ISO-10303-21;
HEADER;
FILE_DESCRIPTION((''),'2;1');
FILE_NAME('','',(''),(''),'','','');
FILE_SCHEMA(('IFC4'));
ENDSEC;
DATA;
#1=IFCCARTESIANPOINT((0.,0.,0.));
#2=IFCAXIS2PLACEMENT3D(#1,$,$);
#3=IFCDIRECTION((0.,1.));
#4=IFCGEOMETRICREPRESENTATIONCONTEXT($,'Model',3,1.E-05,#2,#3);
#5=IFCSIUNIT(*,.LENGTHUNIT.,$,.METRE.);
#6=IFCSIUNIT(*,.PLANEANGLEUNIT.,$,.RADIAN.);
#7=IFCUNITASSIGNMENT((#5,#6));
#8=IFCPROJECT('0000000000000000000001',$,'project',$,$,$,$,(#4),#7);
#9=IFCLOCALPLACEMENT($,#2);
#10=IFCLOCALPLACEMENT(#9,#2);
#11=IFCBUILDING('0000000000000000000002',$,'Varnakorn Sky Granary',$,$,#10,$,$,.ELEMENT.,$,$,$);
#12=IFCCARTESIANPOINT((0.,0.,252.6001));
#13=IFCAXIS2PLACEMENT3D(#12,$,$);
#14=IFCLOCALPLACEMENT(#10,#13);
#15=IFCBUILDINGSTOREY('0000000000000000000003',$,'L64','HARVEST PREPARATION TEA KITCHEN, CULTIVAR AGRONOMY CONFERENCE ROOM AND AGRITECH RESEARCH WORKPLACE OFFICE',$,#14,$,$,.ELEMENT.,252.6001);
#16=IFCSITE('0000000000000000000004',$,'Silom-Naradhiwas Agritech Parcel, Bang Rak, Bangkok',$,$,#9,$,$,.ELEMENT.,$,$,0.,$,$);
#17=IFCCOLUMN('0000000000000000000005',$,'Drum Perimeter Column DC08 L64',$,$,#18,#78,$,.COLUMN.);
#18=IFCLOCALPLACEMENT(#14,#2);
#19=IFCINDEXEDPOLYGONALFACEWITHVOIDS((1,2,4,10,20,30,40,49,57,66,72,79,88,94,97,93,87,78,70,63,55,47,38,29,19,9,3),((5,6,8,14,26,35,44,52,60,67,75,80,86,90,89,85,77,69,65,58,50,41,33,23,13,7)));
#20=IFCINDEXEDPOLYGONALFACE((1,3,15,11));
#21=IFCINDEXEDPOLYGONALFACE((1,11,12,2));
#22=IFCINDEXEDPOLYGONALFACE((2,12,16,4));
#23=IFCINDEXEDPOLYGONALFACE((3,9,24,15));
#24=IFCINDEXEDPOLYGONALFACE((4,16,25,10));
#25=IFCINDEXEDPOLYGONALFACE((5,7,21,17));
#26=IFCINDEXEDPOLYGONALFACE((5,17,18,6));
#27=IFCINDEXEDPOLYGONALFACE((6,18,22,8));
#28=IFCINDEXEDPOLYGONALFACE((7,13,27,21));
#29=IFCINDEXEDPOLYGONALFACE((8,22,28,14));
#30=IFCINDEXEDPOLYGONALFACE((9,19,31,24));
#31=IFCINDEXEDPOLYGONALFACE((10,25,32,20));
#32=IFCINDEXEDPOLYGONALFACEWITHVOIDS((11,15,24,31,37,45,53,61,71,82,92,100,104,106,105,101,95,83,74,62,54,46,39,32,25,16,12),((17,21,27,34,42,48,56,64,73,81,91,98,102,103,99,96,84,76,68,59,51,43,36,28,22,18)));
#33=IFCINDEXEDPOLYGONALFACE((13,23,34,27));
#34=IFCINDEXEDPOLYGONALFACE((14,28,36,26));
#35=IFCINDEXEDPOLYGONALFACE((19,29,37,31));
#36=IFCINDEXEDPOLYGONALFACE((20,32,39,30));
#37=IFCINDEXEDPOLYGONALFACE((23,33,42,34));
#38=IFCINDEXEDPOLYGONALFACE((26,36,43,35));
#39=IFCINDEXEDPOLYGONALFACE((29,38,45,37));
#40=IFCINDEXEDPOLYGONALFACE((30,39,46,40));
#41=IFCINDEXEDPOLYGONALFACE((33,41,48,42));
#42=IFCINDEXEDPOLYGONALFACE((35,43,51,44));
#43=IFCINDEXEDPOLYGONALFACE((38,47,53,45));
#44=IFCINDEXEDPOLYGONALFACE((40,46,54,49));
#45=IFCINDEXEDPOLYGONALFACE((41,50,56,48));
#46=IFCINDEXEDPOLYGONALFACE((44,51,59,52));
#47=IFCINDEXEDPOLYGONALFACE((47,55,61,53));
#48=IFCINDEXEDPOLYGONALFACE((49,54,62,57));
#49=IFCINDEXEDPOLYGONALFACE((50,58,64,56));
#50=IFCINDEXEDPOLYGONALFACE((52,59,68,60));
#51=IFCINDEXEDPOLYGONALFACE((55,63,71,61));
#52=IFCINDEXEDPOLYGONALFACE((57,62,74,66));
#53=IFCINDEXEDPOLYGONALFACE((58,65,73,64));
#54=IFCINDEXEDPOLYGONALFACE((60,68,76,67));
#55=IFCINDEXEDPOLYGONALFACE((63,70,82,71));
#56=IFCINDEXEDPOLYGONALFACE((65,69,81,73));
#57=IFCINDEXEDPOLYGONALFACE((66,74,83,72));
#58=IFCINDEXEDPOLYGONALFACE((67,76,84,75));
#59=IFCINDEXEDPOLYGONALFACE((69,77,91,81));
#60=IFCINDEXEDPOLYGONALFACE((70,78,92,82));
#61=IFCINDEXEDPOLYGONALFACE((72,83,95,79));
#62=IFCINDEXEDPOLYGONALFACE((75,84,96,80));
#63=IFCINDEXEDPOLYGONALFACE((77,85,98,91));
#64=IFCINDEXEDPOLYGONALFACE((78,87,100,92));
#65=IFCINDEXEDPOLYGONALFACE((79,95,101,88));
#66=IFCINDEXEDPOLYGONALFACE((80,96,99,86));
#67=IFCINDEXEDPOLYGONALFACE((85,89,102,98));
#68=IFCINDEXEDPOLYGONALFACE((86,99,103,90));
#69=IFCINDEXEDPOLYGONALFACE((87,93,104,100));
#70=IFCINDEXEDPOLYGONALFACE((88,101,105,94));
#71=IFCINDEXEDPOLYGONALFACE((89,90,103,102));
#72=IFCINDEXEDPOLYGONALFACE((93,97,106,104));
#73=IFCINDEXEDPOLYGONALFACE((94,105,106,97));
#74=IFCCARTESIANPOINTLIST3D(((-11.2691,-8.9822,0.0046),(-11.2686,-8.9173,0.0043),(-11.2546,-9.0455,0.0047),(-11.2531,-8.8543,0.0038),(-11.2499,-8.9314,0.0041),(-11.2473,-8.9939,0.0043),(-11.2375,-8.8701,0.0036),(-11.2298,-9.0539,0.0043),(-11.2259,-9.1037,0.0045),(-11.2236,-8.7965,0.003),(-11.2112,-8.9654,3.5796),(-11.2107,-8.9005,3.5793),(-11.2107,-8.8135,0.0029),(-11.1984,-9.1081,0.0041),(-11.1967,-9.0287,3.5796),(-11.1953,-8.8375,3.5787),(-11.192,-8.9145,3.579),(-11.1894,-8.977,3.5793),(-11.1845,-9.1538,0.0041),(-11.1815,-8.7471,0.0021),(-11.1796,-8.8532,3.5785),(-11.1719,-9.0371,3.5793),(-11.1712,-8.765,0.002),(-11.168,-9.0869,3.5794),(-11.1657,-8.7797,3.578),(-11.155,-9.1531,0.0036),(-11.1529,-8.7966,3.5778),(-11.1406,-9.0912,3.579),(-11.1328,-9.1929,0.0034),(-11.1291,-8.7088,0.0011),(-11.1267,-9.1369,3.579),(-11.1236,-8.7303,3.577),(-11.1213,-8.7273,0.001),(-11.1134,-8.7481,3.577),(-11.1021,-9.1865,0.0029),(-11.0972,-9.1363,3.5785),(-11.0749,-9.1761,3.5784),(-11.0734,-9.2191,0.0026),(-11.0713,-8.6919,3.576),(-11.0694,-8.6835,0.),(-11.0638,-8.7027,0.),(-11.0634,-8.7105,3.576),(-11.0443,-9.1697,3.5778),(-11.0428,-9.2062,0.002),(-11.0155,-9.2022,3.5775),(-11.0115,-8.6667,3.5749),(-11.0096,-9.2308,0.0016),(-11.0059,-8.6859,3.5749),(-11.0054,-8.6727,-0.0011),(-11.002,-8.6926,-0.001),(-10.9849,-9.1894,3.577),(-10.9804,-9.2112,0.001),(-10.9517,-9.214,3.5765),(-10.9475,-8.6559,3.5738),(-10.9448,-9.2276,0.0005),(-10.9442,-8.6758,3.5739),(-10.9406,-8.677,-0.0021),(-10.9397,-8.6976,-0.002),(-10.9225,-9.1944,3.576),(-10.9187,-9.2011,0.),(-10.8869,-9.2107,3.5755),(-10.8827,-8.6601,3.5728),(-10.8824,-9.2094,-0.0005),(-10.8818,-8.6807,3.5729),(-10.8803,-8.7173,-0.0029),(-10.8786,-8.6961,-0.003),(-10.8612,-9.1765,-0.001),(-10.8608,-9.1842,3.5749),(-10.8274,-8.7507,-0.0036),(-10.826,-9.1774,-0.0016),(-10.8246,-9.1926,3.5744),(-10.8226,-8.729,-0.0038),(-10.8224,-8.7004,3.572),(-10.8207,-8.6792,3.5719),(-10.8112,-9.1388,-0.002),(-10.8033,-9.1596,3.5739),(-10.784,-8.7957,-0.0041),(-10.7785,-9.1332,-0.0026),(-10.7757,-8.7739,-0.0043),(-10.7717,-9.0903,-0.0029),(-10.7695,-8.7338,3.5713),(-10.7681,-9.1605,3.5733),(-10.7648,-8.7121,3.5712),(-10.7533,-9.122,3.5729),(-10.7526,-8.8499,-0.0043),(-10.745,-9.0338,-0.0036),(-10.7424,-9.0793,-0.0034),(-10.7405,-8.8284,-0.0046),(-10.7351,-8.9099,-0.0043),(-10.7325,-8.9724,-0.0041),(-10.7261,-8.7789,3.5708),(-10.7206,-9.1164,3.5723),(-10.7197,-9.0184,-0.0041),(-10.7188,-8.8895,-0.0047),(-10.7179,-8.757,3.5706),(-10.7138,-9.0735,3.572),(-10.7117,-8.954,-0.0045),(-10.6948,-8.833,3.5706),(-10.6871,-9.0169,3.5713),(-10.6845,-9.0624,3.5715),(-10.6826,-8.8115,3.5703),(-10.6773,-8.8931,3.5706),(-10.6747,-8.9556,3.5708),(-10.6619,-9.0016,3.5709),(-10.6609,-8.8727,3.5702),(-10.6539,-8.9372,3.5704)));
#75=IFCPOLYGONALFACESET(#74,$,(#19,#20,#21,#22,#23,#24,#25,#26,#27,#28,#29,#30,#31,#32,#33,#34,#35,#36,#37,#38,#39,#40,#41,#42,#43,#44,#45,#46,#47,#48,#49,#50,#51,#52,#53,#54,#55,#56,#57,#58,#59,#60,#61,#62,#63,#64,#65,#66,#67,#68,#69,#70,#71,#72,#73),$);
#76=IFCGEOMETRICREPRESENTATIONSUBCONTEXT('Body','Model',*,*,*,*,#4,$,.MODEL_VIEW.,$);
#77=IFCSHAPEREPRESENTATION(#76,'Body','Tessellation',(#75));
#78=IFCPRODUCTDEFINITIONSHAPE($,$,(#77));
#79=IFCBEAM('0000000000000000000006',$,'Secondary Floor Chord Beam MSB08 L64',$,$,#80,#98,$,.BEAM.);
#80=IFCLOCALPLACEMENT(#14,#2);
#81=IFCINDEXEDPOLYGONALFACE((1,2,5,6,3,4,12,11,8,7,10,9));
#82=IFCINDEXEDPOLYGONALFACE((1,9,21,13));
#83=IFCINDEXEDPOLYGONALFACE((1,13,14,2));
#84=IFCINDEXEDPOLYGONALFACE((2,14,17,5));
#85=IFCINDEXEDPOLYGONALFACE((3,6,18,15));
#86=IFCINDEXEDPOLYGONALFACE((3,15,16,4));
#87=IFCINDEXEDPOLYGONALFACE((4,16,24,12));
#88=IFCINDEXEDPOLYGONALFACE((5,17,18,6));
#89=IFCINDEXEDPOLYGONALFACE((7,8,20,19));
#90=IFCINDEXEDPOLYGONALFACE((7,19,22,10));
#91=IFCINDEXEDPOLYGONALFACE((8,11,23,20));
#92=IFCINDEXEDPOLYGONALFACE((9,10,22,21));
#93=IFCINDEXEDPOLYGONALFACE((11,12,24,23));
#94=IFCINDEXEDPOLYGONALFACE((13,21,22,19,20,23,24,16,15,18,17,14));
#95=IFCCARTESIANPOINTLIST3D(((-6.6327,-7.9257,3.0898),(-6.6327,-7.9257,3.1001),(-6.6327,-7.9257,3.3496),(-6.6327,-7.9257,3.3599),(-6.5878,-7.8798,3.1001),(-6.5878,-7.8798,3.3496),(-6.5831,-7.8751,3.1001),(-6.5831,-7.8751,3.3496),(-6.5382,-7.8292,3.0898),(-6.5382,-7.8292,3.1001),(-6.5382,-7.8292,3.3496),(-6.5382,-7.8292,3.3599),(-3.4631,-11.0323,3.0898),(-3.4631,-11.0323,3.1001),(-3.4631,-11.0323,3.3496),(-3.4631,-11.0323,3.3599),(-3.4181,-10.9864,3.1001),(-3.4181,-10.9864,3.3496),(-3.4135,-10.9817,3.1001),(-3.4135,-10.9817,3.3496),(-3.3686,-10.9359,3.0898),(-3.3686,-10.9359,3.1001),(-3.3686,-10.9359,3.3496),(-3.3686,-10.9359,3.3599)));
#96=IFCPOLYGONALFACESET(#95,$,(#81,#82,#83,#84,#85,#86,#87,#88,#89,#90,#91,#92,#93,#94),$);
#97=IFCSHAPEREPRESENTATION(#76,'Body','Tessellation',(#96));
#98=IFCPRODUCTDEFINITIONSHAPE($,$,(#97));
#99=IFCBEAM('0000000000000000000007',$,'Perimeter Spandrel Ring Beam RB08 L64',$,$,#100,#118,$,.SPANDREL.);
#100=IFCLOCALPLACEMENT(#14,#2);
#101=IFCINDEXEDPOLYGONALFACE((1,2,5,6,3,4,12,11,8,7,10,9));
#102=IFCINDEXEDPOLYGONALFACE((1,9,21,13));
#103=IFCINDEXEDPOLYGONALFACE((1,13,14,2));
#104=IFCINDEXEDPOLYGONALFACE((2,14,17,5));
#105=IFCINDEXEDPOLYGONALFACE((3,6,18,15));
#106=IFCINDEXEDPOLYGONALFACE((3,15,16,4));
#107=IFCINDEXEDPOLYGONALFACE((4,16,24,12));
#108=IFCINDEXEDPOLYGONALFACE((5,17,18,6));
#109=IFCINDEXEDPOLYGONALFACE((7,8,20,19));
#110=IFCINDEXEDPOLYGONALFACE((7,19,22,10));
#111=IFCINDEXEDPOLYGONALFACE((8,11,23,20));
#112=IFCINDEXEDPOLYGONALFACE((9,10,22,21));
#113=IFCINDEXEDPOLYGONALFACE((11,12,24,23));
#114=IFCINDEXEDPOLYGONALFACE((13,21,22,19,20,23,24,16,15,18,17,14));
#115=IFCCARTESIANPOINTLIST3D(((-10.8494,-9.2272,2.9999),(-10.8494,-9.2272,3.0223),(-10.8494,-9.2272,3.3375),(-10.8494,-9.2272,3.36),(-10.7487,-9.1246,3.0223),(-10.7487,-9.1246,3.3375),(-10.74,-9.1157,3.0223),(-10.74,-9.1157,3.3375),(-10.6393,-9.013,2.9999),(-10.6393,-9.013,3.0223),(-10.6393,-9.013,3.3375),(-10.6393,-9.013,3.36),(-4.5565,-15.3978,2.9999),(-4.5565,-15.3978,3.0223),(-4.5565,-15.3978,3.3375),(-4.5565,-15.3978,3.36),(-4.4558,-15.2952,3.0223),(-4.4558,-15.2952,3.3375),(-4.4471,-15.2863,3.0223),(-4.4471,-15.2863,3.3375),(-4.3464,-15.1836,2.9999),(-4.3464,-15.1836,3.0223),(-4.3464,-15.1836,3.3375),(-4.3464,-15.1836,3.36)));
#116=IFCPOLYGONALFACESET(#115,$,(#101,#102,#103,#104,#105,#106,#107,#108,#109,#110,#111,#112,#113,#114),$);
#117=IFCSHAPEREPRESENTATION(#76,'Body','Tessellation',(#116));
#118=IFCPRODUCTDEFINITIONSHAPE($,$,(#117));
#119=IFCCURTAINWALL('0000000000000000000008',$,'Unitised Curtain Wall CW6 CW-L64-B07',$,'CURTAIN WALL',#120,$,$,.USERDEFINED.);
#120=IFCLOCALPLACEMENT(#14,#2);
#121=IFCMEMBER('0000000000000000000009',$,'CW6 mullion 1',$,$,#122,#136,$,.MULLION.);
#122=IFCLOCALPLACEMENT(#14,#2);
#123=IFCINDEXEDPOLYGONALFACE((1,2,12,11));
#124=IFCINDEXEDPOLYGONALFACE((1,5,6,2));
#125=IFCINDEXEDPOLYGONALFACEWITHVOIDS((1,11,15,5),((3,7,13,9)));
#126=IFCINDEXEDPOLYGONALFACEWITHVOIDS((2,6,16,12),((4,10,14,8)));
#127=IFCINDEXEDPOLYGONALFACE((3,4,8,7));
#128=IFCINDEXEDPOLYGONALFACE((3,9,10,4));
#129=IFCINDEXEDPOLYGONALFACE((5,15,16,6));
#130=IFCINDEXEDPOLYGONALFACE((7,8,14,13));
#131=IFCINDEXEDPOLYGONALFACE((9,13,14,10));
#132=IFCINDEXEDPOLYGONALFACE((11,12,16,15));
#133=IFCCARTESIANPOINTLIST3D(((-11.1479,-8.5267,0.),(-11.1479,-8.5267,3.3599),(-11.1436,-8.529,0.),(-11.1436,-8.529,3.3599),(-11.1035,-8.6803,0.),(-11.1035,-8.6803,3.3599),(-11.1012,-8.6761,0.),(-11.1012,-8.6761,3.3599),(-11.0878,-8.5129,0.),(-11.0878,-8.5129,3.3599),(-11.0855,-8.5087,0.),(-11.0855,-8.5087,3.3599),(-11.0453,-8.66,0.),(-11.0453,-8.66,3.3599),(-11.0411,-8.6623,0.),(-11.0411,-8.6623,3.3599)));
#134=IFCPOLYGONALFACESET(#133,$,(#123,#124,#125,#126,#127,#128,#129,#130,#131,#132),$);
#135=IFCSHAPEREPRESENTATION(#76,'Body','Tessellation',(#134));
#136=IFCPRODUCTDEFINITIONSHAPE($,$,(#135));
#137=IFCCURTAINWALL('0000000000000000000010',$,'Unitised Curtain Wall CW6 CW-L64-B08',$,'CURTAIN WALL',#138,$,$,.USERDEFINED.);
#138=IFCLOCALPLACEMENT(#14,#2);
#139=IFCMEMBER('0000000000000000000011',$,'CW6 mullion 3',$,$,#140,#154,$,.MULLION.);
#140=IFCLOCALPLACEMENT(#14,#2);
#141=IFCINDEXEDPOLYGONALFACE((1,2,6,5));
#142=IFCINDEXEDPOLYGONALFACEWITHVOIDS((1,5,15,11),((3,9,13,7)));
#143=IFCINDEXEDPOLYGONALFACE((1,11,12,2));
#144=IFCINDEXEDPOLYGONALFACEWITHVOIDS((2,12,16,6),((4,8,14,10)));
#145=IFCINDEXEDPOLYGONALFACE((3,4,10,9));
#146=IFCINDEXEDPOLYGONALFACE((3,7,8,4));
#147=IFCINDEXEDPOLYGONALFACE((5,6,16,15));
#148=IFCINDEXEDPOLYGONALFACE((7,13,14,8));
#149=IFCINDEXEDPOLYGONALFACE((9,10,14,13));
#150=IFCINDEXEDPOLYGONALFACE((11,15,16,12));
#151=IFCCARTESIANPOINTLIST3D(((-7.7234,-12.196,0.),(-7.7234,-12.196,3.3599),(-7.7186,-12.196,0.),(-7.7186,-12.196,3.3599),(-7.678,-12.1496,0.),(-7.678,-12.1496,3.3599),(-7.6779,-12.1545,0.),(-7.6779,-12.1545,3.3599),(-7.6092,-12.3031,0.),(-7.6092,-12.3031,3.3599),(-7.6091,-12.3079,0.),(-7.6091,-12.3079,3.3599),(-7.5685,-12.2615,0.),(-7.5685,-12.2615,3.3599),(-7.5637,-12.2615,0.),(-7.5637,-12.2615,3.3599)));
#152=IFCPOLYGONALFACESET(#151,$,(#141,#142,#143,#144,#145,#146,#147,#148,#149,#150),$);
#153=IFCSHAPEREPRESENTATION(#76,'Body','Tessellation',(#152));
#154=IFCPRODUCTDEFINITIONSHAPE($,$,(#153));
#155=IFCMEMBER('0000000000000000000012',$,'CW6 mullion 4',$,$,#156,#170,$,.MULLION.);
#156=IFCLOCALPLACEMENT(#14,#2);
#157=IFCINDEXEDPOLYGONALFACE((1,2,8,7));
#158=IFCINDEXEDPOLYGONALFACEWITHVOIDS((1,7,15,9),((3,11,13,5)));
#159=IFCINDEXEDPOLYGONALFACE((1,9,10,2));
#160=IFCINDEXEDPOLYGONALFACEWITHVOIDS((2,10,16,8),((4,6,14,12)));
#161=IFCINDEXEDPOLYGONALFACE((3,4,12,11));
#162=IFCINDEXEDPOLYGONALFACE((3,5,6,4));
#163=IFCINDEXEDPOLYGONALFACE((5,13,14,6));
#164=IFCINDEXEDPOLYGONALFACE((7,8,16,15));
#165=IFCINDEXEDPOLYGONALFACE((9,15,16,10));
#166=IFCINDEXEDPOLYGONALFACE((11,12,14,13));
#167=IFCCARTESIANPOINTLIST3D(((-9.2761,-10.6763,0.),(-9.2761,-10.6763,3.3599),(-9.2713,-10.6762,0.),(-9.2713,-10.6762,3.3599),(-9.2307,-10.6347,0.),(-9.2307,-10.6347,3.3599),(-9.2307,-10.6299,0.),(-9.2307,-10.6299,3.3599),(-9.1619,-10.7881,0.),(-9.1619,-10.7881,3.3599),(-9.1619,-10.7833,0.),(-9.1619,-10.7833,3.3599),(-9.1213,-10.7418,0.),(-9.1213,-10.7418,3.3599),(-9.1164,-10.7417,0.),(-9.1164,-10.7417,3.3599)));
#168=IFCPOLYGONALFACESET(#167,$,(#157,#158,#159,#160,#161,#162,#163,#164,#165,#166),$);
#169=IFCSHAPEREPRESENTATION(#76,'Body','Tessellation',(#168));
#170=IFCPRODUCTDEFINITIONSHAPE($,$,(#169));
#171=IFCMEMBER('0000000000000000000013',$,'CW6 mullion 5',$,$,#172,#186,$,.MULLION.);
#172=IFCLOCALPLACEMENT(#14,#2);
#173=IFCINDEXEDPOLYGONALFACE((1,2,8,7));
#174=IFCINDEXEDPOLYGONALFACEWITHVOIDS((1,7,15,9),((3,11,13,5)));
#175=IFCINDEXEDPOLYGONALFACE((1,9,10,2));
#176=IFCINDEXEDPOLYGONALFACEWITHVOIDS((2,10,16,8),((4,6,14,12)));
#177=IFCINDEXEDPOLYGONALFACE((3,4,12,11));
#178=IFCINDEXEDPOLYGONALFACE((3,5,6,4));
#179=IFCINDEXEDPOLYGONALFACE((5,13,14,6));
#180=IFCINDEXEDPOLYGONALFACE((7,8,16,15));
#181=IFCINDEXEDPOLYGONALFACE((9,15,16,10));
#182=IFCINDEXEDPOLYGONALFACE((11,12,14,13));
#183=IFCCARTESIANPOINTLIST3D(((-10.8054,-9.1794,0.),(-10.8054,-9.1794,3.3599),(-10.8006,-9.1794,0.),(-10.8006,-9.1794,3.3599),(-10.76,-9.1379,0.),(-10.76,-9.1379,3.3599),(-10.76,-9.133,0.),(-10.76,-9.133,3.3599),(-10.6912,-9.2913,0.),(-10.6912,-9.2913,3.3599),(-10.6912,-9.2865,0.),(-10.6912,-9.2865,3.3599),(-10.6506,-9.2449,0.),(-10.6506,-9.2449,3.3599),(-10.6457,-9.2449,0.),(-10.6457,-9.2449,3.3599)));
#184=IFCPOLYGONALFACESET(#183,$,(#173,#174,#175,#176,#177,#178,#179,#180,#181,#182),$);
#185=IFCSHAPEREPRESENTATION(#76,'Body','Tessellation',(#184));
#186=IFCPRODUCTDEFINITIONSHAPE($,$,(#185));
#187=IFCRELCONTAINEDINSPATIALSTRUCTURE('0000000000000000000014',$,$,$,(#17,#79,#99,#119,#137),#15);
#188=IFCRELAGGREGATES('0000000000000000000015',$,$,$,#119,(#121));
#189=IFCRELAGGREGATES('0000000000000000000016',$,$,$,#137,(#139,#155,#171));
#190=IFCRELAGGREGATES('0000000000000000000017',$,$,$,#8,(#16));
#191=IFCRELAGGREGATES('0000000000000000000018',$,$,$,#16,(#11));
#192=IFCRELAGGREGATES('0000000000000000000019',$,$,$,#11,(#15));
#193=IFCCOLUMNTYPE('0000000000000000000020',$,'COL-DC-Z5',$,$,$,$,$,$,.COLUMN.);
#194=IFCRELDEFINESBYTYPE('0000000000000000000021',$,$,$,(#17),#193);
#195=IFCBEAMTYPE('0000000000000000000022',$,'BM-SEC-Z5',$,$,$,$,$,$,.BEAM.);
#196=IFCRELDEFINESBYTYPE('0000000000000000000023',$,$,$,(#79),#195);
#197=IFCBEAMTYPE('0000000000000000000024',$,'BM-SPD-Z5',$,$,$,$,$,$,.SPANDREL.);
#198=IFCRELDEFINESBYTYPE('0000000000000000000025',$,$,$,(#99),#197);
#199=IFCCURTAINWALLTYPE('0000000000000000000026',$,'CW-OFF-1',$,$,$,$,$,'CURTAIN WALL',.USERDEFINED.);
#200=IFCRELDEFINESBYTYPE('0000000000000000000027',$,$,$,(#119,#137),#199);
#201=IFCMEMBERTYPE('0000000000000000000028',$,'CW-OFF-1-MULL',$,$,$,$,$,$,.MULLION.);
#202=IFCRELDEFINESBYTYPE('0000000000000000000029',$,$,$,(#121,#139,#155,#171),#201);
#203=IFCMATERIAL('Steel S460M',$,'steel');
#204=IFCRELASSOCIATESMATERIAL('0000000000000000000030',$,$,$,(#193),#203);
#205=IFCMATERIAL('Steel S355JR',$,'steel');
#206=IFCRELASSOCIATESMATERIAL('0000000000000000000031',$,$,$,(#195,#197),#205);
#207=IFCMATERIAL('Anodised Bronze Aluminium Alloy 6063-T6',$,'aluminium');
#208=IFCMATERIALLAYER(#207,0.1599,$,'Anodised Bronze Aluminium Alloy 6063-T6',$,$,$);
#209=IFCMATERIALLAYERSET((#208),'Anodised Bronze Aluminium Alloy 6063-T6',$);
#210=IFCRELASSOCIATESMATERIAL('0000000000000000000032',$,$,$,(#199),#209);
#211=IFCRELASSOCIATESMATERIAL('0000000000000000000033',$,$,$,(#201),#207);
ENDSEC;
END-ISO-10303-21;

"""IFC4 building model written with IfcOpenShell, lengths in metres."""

from ifc_helpers import new_model, si_unit, direction, frame, origin, origin_2d, place, context, subcontext, project, spatial, hollow_rectangle, hollow_circle, i_section, extrude, material, layer, layer_set, material_profile, profile_set, type_object, element, aggregate, save


model = new_model("IFC4")

# Units and contexts
model_context = context("Model", 3, precision=1e-05, world=origin(), true_north=direction((0.0, 1.0)))
body_context = subcontext(model_context, "Body", "Model", "MODEL_VIEW")
ifc_project = project(units=[si_unit("LENGTHUNIT", "METRE"), si_unit("PLANEANGLEUNIT", "RADIAN")], contexts=[model_context])

# Site, building, storey
site_placement = place(None, origin())
site = spatial("IfcSite", under=ifc_project, at=site_placement, Name="Silom-Naradhiwas Agritech Parcel, Bang Rak, Bangkok", CompositionType="ELEMENT", RefElevation=0.0)
building_placement = place(site_placement, origin())
building = spatial("IfcBuilding", under=site, at=building_placement, Name="Varnakorn Sky Granary", CompositionType="ELEMENT")
storey_placement = place(building_placement, frame((0.0, 0.0, 252.6001)))
storey = spatial("IfcBuildingStorey", under=building, at=storey_placement, Name="L64", Description="HARVEST PREPARATION TEA KITCHEN, CULTIVAR AGRONOMY CONFERENCE ROOM AND AGRITECH RESEARCH WORKPLACE OFFICE", CompositionType="ELEMENT", Elevation=252.6001)

# Column
ifc_material_1 = material(Name="Steel S460M", Category="steel")
ifc_material_profile_1 = material_profile(ifc_material_1, hollow_circle(Radius=0.2795, WallThickness=0.02, at=origin_2d()), Name="CHS 559x20")
ifc_profile_set_1 = profile_set([ifc_material_profile_1], Name="Steel S460M")
column_type = type_object("IfcColumnType", Name="COL-DC-Z5", PredefinedType="COLUMN", material=ifc_profile_set_1)
column_placement = place(storey_placement, frame((-10.9912, -8.9519, 0.0), z_axis=(0.016183, 0.004711, 0.999858), x_axis=(-0.279533, 0.960136, 0.0)))
element("IfcColumn", 1, at=column_placement, inside=storey, type_object=column_type, Name="Drum Perimeter Column DC08 L64", PredefinedType="COLUMN", context=body_context, shape_type="SweptSolid", body=[
    extrude(hollow_circle(Radius=0.2795, WallThickness=0.02, at=origin_2d()), origin(), (0.0, 0.0, 1.0), 3.5754),
])

# Beams
ifc_material_2 = material(Name="Steel S355JR", Category="steel")
ifc_material_profile_2 = material_profile(ifc_material_2, i_section(OverallWidth=0.135, OverallDepth=0.27, WebThickness=0.0066, FlangeThickness=0.0103, at=origin_2d()), Name="IPE 270")
ifc_profile_set_2 = profile_set([ifc_material_profile_2], Name="Steel S355JR")
beam_type_1 = type_object("IfcBeamType", Name="BM-SEC-Z5", PredefinedType="BEAM", material=ifc_profile_set_2)
beam_1_placement = place(storey_placement, frame((-6.5854, -7.8774, 3.2249), z_axis=(0.714167, -0.699975, 0.0), x_axis=(0.699975, 0.714167, 0.0)))
element("IfcBeam", 2, at=beam_1_placement, inside=storey, type_object=beam_type_1, Name="Secondary Floor Chord Beam MSB08 L64", PredefinedType="BEAM", context=body_context, shape_type="SweptSolid", body=[
    extrude(i_section(OverallWidth=0.135, OverallDepth=0.27, WebThickness=0.0066, FlangeThickness=0.0103, at=origin_2d()), origin(), (0.0, 0.0, 1.0), 4.4382),
])
ifc_material_profile_3 = material_profile(ifc_material_2, i_section(OverallWidth=0.3, OverallDepth=0.3601, WebThickness=0.0125, FlangeThickness=0.0225, at=origin_2d()), Name="HE 360 B")
ifc_profile_set_3 = profile_set([ifc_material_profile_3], Name="Steel S355JR")
beam_type_2 = type_object("IfcBeamType", Name="BM-SPD-Z5", PredefinedType="SPANDREL", material=ifc_profile_set_3)
beam_2_placement = place(storey_placement, frame((-10.7444, -9.1201, 3.1799), z_axis=(0.714012, -0.700134, 0.0), x_axis=(0.700134, 0.714012, 0.0)))
element("IfcBeam", 3, at=beam_2_placement, inside=storey, type_object=beam_type_2, Name="Perimeter Spandrel Ring Beam RB08 L64", PredefinedType="SPANDREL", context=body_context, shape_type="SweptSolid", body=[
    extrude(i_section(OverallWidth=0.3, OverallDepth=0.3601, WebThickness=0.0125, FlangeThickness=0.0225, at=origin_2d()), origin(), (0.0, 0.0, 1.0), 8.8135),
])

# Curtain wall, member
ifc_material_3 = material(Name="Anodised Bronze Aluminium Alloy 6063-T6", Category="aluminium")
ifc_layer_1 = layer(ifc_material_3, 0.1599, Name="Anodised Bronze Aluminium Alloy 6063-T6")
ifc_layer_set_1 = layer_set([ifc_layer_1], Name="Anodised Bronze Aluminium Alloy 6063-T6")
curtain_wall_type = type_object("IfcCurtainWallType", Name="CW-OFF-1", ElementType="CURTAIN WALL", PredefinedType="USERDEFINED", material=ifc_layer_set_1)
curtain_wall_1_placement = place(storey_placement, origin())
curtain_wall_1 = element("IfcCurtainWall", 4, at=curtain_wall_1_placement, inside=storey, type_object=curtain_wall_type, Name="Unitised Curtain Wall CW6 CW-L64-B07", ObjectType="CURTAIN WALL", PredefinedType="USERDEFINED")
ifc_material_profile_4 = material_profile(ifc_material_3, hollow_rectangle(XDim=0.0649, YDim=0.1599, WallThickness=0.0034, at=origin_2d()), Name="ALU MULL 65x160")
ifc_profile_set_4 = profile_set([ifc_material_profile_4], Name="Anodised Bronze Aluminium Alloy 6063-T6")
member_type_1 = type_object("IfcMemberType", Name="CW-OFF-1-MULL", PredefinedType="MULLION", material=ifc_profile_set_4)
member_1_placement = place(storey_placement, frame((-11.0945, -8.5945, 0.0), z_axis=(0.0, 0.0, 1.0), x_axis=(-0.960725, -0.277501, 0.0)))
member_1 = element("IfcMember", 5, at=member_1_placement, type_object=member_type_1, Name="CW6 mullion 1", PredefinedType="MULLION", context=body_context, shape_type="SweptSolid", body=[
    extrude(hollow_rectangle(XDim=0.0649, YDim=0.1599, WallThickness=0.0034, at=origin_2d()), origin(), (0.0, 0.0, 1.0), 3.3599),
])

# Curtain wall, members
curtain_wall_2_placement = place(storey_placement, origin())
curtain_wall_2 = element("IfcCurtainWall", 6, at=curtain_wall_2_placement, inside=storey, type_object=curtain_wall_type, Name="Unitised Curtain Wall CW6 CW-L64-B08", ObjectType="CURTAIN WALL", PredefinedType="USERDEFINED")
member_2_placement = place(storey_placement, frame((-7.6436, -12.2288, 0.0), z_axis=(0.0, 0.0, 1.0), x_axis=(-0.699482, -0.71465, 0.0)))
member_2 = element("IfcMember", 7, at=member_2_placement, type_object=member_type_1, Name="CW6 mullion 3", PredefinedType="MULLION", context=body_context, shape_type="SweptSolid", body=[
    extrude(hollow_rectangle(XDim=0.0649, YDim=0.1599, WallThickness=0.0034, at=origin_2d()), origin(), (0.0, 0.0, 1.0), 3.3599),
])
member_3_placement = place(storey_placement, frame((-9.1963, -10.709, 0.0), z_axis=(0.0, 0.0, 1.0), x_axis=(-0.699482, -0.71465, 0.0)))
member_3 = element("IfcMember", 8, at=member_3_placement, type_object=member_type_1, Name="CW6 mullion 4", PredefinedType="MULLION", context=body_context, shape_type="SweptSolid", body=[
    extrude(hollow_rectangle(XDim=0.0649, YDim=0.1599, WallThickness=0.0034, at=origin_2d()), origin(), (0.0, 0.0, 1.0), 3.3599),
])
member_4_placement = place(storey_placement, frame((-10.7256, -9.2122, 0.0), z_axis=(0.0, 0.0, 1.0), x_axis=(-0.699482, -0.71465, 0.0)))
member_4 = element("IfcMember", 9, at=member_4_placement, type_object=member_type_1, Name="CW6 mullion 5", PredefinedType="MULLION", context=body_context, shape_type="SweptSolid", body=[
    extrude(hollow_rectangle(XDim=0.0649, YDim=0.1599, WallThickness=0.0034, at=origin_2d()), origin(), (0.0, 0.0, 1.0), 3.3599),
])

aggregate(curtain_wall_1, [member_1])
aggregate(curtain_wall_2, [member_2, member_3, member_4])

save(model, "model.ifc")
